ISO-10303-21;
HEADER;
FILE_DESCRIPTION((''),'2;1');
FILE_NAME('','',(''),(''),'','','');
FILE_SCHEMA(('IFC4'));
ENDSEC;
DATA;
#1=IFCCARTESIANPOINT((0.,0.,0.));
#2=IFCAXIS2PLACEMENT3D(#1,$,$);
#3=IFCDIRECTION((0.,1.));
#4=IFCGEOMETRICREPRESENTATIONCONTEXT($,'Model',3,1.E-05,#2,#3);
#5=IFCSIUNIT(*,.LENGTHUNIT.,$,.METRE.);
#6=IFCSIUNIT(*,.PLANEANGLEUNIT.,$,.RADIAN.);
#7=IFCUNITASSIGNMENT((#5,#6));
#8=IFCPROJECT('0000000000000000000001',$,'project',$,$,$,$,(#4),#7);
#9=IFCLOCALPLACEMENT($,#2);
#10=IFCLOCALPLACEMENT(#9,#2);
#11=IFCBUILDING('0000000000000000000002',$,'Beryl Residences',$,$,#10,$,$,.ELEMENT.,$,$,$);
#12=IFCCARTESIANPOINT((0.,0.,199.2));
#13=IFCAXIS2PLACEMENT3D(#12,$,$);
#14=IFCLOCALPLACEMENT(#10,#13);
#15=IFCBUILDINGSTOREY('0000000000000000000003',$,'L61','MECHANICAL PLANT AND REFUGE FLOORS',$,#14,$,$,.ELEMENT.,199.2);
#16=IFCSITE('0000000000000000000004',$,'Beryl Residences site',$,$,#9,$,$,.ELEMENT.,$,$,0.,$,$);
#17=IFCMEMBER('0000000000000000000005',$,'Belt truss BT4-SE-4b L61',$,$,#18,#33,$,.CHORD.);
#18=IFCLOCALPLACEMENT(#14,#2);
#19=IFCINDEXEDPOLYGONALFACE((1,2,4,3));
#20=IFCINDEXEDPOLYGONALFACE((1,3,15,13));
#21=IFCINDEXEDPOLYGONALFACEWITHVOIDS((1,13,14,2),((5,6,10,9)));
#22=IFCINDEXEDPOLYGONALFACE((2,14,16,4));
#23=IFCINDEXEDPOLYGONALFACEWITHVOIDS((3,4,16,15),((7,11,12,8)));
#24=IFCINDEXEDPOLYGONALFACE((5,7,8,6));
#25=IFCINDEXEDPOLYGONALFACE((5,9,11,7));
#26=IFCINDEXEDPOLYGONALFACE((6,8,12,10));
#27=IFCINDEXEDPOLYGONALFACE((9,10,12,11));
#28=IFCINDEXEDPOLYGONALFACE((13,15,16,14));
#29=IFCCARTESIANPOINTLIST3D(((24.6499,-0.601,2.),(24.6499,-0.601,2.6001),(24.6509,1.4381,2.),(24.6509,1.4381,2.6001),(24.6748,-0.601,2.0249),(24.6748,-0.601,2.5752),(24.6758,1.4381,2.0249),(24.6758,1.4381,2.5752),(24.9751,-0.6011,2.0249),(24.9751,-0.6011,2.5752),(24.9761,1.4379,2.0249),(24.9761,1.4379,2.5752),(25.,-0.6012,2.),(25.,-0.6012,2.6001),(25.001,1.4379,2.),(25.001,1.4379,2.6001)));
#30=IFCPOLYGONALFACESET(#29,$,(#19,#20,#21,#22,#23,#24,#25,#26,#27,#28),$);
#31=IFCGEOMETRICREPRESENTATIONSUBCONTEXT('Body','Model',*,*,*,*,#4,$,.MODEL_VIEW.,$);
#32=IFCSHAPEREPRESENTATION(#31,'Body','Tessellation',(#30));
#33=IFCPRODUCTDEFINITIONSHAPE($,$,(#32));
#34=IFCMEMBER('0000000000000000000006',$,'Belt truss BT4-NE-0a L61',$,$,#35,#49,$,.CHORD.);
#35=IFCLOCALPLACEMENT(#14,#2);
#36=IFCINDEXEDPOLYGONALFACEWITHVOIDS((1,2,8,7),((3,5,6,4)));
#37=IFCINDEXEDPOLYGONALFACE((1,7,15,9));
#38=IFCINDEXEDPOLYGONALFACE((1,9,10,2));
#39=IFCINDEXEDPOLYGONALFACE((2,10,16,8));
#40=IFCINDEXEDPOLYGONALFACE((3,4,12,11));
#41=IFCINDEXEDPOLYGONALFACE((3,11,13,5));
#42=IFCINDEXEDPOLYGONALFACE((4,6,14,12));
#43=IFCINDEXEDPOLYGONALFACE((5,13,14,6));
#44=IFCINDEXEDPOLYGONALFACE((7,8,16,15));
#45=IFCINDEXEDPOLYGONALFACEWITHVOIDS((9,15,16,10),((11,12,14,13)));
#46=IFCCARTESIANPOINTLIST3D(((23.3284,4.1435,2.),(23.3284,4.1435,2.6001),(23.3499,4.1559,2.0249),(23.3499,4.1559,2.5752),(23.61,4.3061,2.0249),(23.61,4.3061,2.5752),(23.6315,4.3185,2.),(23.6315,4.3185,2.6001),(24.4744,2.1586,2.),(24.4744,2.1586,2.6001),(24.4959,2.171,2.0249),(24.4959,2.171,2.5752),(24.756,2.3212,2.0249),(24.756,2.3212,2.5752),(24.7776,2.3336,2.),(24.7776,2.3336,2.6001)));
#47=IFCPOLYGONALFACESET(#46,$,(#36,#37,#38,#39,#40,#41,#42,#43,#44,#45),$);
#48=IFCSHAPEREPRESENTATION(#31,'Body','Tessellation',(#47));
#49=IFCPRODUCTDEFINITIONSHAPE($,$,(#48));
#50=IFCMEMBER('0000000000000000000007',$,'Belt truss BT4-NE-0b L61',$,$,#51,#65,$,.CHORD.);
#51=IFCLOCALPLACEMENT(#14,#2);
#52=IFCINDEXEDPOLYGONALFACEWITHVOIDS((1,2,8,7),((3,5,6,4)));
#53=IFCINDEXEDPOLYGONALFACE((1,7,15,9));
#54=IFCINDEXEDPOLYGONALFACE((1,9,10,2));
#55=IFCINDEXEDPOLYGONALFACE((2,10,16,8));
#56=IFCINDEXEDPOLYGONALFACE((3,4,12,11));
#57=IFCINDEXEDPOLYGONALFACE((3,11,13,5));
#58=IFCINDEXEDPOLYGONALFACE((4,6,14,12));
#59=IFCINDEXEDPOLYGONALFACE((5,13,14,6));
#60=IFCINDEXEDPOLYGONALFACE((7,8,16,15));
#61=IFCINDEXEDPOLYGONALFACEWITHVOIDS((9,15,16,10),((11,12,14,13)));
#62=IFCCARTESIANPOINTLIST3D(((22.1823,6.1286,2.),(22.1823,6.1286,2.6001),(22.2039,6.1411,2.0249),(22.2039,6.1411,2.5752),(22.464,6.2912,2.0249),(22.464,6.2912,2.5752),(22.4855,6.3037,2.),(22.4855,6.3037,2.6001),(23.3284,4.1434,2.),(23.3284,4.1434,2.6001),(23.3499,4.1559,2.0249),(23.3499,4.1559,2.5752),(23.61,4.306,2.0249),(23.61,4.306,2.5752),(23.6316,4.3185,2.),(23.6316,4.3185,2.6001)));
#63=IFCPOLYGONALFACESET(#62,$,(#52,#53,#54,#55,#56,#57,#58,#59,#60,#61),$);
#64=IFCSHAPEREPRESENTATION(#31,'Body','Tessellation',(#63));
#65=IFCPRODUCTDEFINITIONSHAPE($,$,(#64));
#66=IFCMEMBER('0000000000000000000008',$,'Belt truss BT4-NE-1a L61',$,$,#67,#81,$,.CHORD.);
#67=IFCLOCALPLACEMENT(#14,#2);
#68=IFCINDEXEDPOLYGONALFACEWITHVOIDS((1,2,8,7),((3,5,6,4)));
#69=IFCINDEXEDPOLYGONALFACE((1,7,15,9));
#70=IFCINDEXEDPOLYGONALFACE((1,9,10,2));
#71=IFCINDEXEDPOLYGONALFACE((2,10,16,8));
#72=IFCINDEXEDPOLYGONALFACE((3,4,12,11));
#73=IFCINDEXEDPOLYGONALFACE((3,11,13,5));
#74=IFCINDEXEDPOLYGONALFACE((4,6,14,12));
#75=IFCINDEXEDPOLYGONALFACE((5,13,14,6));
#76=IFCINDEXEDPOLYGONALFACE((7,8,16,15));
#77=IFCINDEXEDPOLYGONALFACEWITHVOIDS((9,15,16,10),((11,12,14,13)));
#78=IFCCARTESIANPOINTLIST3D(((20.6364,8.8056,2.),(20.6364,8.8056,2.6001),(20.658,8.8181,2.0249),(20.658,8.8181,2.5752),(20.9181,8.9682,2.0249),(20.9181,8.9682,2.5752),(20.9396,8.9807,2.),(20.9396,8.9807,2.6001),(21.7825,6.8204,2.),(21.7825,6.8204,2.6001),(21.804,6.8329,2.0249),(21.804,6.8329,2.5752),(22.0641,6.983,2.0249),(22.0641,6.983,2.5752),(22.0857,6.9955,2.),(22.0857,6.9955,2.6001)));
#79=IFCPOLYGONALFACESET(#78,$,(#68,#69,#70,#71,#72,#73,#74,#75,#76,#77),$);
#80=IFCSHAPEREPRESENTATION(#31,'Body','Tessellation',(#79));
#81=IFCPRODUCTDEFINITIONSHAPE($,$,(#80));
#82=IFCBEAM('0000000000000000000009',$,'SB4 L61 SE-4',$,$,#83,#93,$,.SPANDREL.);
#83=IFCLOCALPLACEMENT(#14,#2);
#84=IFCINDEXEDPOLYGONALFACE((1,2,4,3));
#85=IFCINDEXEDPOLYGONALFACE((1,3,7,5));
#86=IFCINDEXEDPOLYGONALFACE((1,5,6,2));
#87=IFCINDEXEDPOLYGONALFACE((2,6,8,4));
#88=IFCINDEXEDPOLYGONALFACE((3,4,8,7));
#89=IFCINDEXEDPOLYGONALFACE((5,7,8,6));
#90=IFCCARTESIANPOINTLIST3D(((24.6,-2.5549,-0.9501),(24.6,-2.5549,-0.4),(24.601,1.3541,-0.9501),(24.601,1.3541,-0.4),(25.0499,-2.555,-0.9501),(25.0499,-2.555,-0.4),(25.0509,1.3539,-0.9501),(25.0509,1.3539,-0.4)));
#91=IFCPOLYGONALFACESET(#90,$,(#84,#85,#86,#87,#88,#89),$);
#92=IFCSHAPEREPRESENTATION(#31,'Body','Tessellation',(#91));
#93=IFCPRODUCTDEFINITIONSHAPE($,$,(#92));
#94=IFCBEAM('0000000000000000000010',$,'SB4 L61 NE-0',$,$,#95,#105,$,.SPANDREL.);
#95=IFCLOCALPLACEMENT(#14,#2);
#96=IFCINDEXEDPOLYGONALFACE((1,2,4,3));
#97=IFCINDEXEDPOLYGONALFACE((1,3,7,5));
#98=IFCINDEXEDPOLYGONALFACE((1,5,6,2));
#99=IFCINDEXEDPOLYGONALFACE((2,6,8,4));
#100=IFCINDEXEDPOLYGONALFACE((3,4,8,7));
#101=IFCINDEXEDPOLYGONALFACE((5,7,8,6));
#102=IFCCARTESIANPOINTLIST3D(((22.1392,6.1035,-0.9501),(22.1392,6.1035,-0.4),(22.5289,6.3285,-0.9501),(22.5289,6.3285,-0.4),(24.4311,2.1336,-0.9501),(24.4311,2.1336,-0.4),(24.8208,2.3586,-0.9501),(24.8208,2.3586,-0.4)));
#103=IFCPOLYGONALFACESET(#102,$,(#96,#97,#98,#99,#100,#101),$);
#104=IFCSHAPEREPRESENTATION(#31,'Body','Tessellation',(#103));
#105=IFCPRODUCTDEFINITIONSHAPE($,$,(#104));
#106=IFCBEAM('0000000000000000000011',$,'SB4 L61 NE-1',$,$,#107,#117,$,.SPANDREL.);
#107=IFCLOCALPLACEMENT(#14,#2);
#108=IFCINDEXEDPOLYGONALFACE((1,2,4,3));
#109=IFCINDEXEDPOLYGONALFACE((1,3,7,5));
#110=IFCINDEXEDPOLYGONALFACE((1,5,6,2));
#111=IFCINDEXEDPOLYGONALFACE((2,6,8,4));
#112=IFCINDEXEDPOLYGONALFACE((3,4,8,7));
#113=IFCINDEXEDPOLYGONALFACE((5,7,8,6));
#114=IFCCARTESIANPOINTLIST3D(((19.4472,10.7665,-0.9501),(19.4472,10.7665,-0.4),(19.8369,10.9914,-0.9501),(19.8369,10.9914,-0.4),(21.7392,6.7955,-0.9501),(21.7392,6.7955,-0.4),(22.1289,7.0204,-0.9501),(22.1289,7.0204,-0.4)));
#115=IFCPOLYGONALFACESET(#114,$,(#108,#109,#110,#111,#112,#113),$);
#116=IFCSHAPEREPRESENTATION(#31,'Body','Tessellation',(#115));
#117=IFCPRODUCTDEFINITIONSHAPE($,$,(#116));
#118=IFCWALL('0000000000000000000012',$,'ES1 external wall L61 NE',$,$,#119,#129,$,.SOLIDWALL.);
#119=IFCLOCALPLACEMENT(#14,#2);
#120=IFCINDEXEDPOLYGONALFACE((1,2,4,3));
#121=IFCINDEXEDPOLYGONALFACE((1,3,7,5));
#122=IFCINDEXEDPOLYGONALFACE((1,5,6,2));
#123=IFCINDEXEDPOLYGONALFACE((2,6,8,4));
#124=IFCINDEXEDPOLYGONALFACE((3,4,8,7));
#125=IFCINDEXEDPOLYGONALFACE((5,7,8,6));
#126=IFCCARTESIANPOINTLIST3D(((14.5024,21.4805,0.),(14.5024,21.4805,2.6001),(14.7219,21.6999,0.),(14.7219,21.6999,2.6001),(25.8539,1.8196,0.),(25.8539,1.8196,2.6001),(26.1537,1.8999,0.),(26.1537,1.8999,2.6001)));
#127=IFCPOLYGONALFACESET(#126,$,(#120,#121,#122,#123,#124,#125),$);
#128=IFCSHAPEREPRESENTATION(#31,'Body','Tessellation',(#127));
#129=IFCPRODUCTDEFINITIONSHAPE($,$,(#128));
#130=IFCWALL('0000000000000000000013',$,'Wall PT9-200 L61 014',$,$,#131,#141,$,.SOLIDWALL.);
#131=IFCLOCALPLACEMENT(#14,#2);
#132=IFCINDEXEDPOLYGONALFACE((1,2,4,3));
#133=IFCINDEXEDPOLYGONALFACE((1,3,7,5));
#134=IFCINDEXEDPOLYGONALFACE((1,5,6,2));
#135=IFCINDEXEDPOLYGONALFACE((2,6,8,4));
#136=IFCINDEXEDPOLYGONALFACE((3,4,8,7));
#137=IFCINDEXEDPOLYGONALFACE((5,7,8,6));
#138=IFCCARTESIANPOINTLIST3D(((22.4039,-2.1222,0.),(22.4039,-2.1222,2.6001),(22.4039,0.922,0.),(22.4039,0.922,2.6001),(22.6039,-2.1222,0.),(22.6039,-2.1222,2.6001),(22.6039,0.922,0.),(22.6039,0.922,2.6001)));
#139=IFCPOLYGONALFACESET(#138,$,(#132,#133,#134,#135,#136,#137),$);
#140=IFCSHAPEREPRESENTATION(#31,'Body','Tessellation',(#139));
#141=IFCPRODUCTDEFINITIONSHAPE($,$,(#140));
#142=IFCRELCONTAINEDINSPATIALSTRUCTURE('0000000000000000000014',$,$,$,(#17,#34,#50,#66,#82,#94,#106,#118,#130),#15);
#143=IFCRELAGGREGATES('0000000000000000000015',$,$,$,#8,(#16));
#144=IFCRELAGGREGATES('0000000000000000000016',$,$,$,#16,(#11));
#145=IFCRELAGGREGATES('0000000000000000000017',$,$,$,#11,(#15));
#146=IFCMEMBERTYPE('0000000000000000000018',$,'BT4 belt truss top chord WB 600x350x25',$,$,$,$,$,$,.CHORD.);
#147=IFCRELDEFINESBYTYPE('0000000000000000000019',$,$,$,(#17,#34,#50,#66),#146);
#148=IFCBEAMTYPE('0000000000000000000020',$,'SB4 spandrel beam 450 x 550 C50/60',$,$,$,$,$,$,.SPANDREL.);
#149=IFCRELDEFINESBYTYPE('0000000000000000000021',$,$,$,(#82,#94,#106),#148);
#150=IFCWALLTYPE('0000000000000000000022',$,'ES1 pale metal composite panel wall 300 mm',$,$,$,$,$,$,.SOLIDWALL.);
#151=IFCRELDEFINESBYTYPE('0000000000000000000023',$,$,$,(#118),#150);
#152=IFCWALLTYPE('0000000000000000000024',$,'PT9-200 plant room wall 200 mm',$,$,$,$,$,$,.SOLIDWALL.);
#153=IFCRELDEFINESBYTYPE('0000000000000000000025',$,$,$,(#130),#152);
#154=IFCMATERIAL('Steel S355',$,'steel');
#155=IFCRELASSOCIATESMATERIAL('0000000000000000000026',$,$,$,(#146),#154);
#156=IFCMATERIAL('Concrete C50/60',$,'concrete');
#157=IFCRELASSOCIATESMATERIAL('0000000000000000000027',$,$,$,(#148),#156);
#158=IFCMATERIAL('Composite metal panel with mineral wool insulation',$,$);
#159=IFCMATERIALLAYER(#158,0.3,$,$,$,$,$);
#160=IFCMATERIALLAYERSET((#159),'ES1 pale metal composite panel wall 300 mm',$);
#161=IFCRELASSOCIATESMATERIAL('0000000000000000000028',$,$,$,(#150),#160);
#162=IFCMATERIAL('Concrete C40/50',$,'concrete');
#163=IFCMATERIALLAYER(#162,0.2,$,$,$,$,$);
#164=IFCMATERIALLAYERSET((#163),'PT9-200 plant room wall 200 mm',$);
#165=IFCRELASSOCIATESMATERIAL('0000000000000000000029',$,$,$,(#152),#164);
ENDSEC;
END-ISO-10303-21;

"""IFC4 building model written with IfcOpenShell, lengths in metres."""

from ifc_helpers import new_model, si_unit, direction, frame, frame_2d, origin, origin_2d, place, context, subcontext, project, spatial, polyline, rectangle, hollow_rectangle, outline, extrude, material, layer, layer_set, material_profile, profile_set, type_object, element, save


model = new_model("IFC4")

# Units and contexts
model_context = context("Model", 3, precision=1e-05, world=origin(), true_north=direction((0.0, 1.0)))
body_context = subcontext(model_context, "Body", "Model", "MODEL_VIEW")
ifc_project = project(units=[si_unit("LENGTHUNIT", "METRE"), si_unit("PLANEANGLEUNIT", "RADIAN")], contexts=[model_context])

# Site, building, storey
site_placement = place(None, origin())
site = spatial("IfcSite", under=ifc_project, at=site_placement, Name="Beryl Residences site", CompositionType="ELEMENT", RefElevation=0.0)
building_placement = place(site_placement, origin())
building = spatial("IfcBuilding", under=site, at=building_placement, Name="Beryl Residences", CompositionType="ELEMENT")
storey_placement = place(building_placement, frame((0.0, 0.0, 199.2)))
storey = spatial("IfcBuildingStorey", under=building, at=storey_placement, Name="L61", Description="MECHANICAL PLANT AND REFUGE FLOORS", CompositionType="ELEMENT", Elevation=199.2)

# Members
ifc_material_1 = material(Name="Steel S355", Category="steel")
ifc_material_profile_1 = material_profile(ifc_material_1, hollow_rectangle(XDim=0.3501, YDim=0.6001, WallThickness=0.0249, at=origin_2d()))
ifc_profile_set_1 = profile_set([ifc_material_profile_1], Name="Steel S355")
member_type_1 = type_object("IfcMemberType", Name="BT4 belt truss top chord WB 600x350x25", PredefinedType="CHORD", material=ifc_profile_set_1)
member_1_placement = place(storey_placement, frame((24.825, -0.6011, 2.3), z_axis=(0.000479, 1.0, 0.0), x_axis=(-1.0, 0.000479, 0.0)))
element("IfcMember", 1, at=member_1_placement, inside=storey, type_object=member_type_1, Name="Belt truss BT4-SE-4b L61", PredefinedType="CHORD", context=body_context, shape_type="SweptSolid", body=[
    extrude(hollow_rectangle(XDim=0.3501, YDim=0.6001, WallThickness=0.0249, at=origin_2d()), origin(), (0.0, 0.0, 1.0), 2.0391),
])
member_2_placement = place(storey_placement, frame((24.626, 2.2461, 2.3), z_axis=(-0.500011, 0.866019, 0.0), x_axis=(-0.866019, -0.500011, 0.0)))
element("IfcMember", 2, at=member_2_placement, inside=storey, type_object=member_type_1, Name="Belt truss BT4-NE-0a L61", PredefinedType="CHORD", context=body_context, shape_type="SweptSolid", body=[
    extrude(hollow_rectangle(XDim=0.3501, YDim=0.6001, WallThickness=0.0249, at=origin_2d()), origin(), (0.0, 0.0, 1.0), 2.292),
])
for number, where, z_axis, x_axis, name in (
    (3, (23.48, 4.231, 2.3), (-0.499965, 0.866045, 0.0), (-0.866045, -0.499965, 0.0), "Belt truss BT4-NE-0b L61"),
    (4, (21.9341, 6.908, 2.3), (-0.499965, 0.866045, 0.0), (-0.866045, -0.499965, 0.0), "Belt truss BT4-NE-1a L61"),
):
    element("IfcMember", number, at=place(storey_placement, frame(where, z_axis=z_axis, x_axis=x_axis)), inside=storey, type_object=member_type_1, Name=name, PredefinedType="CHORD", context=body_context, shape_type="SweptSolid", body=[
        extrude(hollow_rectangle(XDim=0.3501, YDim=0.6001, WallThickness=0.0249, at=origin_2d()), origin(), (0.0, 0.0, 1.0), 2.2922),
    ])

# Beams
ifc_material_2 = material(Name="Concrete C50/60", Category="concrete")
ifc_material_profile_2 = material_profile(ifc_material_2, rectangle(XDim=0.45, YDim=0.55, at=origin_2d()))
ifc_profile_set_2 = profile_set([ifc_material_profile_2], Name="Concrete C50/60")
beam_type = type_object("IfcBeamType", Name="SB4 spandrel beam 450 x 550 C50/60", PredefinedType="SPANDREL", material=ifc_profile_set_2)
beam_1_placement = place(storey_placement, frame((24.825, -2.5549, -0.675), z_axis=(0.00025, 1.0, 0.0), x_axis=(-1.0, 0.00025, 0.0)))
element("IfcBeam", 5, at=beam_1_placement, inside=storey, type_object=beam_type, Name="SB4 L61 SE-4", PredefinedType="SPANDREL", context=body_context, shape_type="SweptSolid", body=[
    extrude(rectangle(XDim=0.45, YDim=0.55, at=origin_2d()), origin(), (0.0, 0.0, 1.0), 3.9089),
])
beam_2_placement = place(storey_placement, frame((24.626, 2.2461, -0.675), z_axis=(-0.499988, 0.866032, 0.0), x_axis=(-0.866032, -0.499988, 0.0)))
element("IfcBeam", 6, at=beam_2_placement, inside=storey, type_object=beam_type, Name="SB4 L61 NE-0", PredefinedType="SPANDREL", context=body_context, shape_type="SweptSolid", body=[
    extrude(rectangle(XDim=0.45, YDim=0.55, at=origin_2d()), origin(), (0.0, 0.0, 1.0), 4.584),
])
beam_3_placement = place(storey_placement, frame((21.9341, 6.908, -0.675), z_axis=(-0.499896, 0.866085, 0.0), x_axis=(-0.866085, -0.499896, 0.0)))
element("IfcBeam", 7, at=beam_3_placement, inside=storey, type_object=beam_type, Name="SB4 L61 NE-1", PredefinedType="SPANDREL", context=body_context, shape_type="SweptSolid", body=[
    extrude(rectangle(XDim=0.45, YDim=0.55, at=origin_2d()), origin(), (0.0, 0.0, 1.0), 4.585),
])

# Walls
ifc_material_3 = material(Name="Composite metal panel with mineral wool insulation")
ifc_layer_1 = layer(ifc_material_3, 0.3)
ifc_layer_set_1 = layer_set([ifc_layer_1], Name="ES1 pale metal composite panel wall 300 mm")
wall_type_1 = type_object("IfcWallType", Name="ES1 pale metal composite panel wall 300 mm", PredefinedType="SOLIDWALL", material=ifc_layer_set_1)
wall_1_placement = place(storey_placement, frame((26.0239, 1.825, 0.0), z_axis=(0.0, 0.0, 1.0), x_axis=(-0.500011, 0.866019, 0.0)))
element("IfcWall", 8, at=wall_1_placement, inside=storey, type_object=wall_type_1, Name="ES1 external wall L61 NE", PredefinedType="SOLIDWALL", context=body_context, shape_type="SweptSolid", body=[
    extrude(outline(polyline([(0.0, -0.1499), (22.8633, -0.1499), (22.783, 0.1499), (0.0803, 0.1499), (0.0, -0.1499)])), origin(), (0.0, 0.0, 1.0), 2.6001),
])
ifc_material_4 = material(Name="Concrete C40/50", Category="concrete")
ifc_layer_2 = layer(ifc_material_4, 0.2)
ifc_layer_set_2 = layer_set([ifc_layer_2], Name="PT9-200 plant room wall 200 mm")
wall_type_2 = type_object("IfcWallType", Name="PT9-200 plant room wall 200 mm", PredefinedType="SOLIDWALL", material=ifc_layer_set_2)
wall_2_placement = place(storey_placement, frame((22.5039, -2.1221, 0.0), z_axis=(0.0, 0.0, 1.0), x_axis=(0.0, 1.0, 0.0)))
element("IfcWall", 9, at=wall_2_placement, inside=storey, type_object=wall_type_2, Name="Wall PT9-200 L61 014", PredefinedType="SOLIDWALL", context=body_context, shape_type="SweptSolid", body=[
    extrude(rectangle(XDim=3.0442, YDim=0.2, at=frame_2d((1.522, 0.0))), origin(), (0.0, 0.0, 1.0), 2.6001),
])

save(model, "model.ifc")
